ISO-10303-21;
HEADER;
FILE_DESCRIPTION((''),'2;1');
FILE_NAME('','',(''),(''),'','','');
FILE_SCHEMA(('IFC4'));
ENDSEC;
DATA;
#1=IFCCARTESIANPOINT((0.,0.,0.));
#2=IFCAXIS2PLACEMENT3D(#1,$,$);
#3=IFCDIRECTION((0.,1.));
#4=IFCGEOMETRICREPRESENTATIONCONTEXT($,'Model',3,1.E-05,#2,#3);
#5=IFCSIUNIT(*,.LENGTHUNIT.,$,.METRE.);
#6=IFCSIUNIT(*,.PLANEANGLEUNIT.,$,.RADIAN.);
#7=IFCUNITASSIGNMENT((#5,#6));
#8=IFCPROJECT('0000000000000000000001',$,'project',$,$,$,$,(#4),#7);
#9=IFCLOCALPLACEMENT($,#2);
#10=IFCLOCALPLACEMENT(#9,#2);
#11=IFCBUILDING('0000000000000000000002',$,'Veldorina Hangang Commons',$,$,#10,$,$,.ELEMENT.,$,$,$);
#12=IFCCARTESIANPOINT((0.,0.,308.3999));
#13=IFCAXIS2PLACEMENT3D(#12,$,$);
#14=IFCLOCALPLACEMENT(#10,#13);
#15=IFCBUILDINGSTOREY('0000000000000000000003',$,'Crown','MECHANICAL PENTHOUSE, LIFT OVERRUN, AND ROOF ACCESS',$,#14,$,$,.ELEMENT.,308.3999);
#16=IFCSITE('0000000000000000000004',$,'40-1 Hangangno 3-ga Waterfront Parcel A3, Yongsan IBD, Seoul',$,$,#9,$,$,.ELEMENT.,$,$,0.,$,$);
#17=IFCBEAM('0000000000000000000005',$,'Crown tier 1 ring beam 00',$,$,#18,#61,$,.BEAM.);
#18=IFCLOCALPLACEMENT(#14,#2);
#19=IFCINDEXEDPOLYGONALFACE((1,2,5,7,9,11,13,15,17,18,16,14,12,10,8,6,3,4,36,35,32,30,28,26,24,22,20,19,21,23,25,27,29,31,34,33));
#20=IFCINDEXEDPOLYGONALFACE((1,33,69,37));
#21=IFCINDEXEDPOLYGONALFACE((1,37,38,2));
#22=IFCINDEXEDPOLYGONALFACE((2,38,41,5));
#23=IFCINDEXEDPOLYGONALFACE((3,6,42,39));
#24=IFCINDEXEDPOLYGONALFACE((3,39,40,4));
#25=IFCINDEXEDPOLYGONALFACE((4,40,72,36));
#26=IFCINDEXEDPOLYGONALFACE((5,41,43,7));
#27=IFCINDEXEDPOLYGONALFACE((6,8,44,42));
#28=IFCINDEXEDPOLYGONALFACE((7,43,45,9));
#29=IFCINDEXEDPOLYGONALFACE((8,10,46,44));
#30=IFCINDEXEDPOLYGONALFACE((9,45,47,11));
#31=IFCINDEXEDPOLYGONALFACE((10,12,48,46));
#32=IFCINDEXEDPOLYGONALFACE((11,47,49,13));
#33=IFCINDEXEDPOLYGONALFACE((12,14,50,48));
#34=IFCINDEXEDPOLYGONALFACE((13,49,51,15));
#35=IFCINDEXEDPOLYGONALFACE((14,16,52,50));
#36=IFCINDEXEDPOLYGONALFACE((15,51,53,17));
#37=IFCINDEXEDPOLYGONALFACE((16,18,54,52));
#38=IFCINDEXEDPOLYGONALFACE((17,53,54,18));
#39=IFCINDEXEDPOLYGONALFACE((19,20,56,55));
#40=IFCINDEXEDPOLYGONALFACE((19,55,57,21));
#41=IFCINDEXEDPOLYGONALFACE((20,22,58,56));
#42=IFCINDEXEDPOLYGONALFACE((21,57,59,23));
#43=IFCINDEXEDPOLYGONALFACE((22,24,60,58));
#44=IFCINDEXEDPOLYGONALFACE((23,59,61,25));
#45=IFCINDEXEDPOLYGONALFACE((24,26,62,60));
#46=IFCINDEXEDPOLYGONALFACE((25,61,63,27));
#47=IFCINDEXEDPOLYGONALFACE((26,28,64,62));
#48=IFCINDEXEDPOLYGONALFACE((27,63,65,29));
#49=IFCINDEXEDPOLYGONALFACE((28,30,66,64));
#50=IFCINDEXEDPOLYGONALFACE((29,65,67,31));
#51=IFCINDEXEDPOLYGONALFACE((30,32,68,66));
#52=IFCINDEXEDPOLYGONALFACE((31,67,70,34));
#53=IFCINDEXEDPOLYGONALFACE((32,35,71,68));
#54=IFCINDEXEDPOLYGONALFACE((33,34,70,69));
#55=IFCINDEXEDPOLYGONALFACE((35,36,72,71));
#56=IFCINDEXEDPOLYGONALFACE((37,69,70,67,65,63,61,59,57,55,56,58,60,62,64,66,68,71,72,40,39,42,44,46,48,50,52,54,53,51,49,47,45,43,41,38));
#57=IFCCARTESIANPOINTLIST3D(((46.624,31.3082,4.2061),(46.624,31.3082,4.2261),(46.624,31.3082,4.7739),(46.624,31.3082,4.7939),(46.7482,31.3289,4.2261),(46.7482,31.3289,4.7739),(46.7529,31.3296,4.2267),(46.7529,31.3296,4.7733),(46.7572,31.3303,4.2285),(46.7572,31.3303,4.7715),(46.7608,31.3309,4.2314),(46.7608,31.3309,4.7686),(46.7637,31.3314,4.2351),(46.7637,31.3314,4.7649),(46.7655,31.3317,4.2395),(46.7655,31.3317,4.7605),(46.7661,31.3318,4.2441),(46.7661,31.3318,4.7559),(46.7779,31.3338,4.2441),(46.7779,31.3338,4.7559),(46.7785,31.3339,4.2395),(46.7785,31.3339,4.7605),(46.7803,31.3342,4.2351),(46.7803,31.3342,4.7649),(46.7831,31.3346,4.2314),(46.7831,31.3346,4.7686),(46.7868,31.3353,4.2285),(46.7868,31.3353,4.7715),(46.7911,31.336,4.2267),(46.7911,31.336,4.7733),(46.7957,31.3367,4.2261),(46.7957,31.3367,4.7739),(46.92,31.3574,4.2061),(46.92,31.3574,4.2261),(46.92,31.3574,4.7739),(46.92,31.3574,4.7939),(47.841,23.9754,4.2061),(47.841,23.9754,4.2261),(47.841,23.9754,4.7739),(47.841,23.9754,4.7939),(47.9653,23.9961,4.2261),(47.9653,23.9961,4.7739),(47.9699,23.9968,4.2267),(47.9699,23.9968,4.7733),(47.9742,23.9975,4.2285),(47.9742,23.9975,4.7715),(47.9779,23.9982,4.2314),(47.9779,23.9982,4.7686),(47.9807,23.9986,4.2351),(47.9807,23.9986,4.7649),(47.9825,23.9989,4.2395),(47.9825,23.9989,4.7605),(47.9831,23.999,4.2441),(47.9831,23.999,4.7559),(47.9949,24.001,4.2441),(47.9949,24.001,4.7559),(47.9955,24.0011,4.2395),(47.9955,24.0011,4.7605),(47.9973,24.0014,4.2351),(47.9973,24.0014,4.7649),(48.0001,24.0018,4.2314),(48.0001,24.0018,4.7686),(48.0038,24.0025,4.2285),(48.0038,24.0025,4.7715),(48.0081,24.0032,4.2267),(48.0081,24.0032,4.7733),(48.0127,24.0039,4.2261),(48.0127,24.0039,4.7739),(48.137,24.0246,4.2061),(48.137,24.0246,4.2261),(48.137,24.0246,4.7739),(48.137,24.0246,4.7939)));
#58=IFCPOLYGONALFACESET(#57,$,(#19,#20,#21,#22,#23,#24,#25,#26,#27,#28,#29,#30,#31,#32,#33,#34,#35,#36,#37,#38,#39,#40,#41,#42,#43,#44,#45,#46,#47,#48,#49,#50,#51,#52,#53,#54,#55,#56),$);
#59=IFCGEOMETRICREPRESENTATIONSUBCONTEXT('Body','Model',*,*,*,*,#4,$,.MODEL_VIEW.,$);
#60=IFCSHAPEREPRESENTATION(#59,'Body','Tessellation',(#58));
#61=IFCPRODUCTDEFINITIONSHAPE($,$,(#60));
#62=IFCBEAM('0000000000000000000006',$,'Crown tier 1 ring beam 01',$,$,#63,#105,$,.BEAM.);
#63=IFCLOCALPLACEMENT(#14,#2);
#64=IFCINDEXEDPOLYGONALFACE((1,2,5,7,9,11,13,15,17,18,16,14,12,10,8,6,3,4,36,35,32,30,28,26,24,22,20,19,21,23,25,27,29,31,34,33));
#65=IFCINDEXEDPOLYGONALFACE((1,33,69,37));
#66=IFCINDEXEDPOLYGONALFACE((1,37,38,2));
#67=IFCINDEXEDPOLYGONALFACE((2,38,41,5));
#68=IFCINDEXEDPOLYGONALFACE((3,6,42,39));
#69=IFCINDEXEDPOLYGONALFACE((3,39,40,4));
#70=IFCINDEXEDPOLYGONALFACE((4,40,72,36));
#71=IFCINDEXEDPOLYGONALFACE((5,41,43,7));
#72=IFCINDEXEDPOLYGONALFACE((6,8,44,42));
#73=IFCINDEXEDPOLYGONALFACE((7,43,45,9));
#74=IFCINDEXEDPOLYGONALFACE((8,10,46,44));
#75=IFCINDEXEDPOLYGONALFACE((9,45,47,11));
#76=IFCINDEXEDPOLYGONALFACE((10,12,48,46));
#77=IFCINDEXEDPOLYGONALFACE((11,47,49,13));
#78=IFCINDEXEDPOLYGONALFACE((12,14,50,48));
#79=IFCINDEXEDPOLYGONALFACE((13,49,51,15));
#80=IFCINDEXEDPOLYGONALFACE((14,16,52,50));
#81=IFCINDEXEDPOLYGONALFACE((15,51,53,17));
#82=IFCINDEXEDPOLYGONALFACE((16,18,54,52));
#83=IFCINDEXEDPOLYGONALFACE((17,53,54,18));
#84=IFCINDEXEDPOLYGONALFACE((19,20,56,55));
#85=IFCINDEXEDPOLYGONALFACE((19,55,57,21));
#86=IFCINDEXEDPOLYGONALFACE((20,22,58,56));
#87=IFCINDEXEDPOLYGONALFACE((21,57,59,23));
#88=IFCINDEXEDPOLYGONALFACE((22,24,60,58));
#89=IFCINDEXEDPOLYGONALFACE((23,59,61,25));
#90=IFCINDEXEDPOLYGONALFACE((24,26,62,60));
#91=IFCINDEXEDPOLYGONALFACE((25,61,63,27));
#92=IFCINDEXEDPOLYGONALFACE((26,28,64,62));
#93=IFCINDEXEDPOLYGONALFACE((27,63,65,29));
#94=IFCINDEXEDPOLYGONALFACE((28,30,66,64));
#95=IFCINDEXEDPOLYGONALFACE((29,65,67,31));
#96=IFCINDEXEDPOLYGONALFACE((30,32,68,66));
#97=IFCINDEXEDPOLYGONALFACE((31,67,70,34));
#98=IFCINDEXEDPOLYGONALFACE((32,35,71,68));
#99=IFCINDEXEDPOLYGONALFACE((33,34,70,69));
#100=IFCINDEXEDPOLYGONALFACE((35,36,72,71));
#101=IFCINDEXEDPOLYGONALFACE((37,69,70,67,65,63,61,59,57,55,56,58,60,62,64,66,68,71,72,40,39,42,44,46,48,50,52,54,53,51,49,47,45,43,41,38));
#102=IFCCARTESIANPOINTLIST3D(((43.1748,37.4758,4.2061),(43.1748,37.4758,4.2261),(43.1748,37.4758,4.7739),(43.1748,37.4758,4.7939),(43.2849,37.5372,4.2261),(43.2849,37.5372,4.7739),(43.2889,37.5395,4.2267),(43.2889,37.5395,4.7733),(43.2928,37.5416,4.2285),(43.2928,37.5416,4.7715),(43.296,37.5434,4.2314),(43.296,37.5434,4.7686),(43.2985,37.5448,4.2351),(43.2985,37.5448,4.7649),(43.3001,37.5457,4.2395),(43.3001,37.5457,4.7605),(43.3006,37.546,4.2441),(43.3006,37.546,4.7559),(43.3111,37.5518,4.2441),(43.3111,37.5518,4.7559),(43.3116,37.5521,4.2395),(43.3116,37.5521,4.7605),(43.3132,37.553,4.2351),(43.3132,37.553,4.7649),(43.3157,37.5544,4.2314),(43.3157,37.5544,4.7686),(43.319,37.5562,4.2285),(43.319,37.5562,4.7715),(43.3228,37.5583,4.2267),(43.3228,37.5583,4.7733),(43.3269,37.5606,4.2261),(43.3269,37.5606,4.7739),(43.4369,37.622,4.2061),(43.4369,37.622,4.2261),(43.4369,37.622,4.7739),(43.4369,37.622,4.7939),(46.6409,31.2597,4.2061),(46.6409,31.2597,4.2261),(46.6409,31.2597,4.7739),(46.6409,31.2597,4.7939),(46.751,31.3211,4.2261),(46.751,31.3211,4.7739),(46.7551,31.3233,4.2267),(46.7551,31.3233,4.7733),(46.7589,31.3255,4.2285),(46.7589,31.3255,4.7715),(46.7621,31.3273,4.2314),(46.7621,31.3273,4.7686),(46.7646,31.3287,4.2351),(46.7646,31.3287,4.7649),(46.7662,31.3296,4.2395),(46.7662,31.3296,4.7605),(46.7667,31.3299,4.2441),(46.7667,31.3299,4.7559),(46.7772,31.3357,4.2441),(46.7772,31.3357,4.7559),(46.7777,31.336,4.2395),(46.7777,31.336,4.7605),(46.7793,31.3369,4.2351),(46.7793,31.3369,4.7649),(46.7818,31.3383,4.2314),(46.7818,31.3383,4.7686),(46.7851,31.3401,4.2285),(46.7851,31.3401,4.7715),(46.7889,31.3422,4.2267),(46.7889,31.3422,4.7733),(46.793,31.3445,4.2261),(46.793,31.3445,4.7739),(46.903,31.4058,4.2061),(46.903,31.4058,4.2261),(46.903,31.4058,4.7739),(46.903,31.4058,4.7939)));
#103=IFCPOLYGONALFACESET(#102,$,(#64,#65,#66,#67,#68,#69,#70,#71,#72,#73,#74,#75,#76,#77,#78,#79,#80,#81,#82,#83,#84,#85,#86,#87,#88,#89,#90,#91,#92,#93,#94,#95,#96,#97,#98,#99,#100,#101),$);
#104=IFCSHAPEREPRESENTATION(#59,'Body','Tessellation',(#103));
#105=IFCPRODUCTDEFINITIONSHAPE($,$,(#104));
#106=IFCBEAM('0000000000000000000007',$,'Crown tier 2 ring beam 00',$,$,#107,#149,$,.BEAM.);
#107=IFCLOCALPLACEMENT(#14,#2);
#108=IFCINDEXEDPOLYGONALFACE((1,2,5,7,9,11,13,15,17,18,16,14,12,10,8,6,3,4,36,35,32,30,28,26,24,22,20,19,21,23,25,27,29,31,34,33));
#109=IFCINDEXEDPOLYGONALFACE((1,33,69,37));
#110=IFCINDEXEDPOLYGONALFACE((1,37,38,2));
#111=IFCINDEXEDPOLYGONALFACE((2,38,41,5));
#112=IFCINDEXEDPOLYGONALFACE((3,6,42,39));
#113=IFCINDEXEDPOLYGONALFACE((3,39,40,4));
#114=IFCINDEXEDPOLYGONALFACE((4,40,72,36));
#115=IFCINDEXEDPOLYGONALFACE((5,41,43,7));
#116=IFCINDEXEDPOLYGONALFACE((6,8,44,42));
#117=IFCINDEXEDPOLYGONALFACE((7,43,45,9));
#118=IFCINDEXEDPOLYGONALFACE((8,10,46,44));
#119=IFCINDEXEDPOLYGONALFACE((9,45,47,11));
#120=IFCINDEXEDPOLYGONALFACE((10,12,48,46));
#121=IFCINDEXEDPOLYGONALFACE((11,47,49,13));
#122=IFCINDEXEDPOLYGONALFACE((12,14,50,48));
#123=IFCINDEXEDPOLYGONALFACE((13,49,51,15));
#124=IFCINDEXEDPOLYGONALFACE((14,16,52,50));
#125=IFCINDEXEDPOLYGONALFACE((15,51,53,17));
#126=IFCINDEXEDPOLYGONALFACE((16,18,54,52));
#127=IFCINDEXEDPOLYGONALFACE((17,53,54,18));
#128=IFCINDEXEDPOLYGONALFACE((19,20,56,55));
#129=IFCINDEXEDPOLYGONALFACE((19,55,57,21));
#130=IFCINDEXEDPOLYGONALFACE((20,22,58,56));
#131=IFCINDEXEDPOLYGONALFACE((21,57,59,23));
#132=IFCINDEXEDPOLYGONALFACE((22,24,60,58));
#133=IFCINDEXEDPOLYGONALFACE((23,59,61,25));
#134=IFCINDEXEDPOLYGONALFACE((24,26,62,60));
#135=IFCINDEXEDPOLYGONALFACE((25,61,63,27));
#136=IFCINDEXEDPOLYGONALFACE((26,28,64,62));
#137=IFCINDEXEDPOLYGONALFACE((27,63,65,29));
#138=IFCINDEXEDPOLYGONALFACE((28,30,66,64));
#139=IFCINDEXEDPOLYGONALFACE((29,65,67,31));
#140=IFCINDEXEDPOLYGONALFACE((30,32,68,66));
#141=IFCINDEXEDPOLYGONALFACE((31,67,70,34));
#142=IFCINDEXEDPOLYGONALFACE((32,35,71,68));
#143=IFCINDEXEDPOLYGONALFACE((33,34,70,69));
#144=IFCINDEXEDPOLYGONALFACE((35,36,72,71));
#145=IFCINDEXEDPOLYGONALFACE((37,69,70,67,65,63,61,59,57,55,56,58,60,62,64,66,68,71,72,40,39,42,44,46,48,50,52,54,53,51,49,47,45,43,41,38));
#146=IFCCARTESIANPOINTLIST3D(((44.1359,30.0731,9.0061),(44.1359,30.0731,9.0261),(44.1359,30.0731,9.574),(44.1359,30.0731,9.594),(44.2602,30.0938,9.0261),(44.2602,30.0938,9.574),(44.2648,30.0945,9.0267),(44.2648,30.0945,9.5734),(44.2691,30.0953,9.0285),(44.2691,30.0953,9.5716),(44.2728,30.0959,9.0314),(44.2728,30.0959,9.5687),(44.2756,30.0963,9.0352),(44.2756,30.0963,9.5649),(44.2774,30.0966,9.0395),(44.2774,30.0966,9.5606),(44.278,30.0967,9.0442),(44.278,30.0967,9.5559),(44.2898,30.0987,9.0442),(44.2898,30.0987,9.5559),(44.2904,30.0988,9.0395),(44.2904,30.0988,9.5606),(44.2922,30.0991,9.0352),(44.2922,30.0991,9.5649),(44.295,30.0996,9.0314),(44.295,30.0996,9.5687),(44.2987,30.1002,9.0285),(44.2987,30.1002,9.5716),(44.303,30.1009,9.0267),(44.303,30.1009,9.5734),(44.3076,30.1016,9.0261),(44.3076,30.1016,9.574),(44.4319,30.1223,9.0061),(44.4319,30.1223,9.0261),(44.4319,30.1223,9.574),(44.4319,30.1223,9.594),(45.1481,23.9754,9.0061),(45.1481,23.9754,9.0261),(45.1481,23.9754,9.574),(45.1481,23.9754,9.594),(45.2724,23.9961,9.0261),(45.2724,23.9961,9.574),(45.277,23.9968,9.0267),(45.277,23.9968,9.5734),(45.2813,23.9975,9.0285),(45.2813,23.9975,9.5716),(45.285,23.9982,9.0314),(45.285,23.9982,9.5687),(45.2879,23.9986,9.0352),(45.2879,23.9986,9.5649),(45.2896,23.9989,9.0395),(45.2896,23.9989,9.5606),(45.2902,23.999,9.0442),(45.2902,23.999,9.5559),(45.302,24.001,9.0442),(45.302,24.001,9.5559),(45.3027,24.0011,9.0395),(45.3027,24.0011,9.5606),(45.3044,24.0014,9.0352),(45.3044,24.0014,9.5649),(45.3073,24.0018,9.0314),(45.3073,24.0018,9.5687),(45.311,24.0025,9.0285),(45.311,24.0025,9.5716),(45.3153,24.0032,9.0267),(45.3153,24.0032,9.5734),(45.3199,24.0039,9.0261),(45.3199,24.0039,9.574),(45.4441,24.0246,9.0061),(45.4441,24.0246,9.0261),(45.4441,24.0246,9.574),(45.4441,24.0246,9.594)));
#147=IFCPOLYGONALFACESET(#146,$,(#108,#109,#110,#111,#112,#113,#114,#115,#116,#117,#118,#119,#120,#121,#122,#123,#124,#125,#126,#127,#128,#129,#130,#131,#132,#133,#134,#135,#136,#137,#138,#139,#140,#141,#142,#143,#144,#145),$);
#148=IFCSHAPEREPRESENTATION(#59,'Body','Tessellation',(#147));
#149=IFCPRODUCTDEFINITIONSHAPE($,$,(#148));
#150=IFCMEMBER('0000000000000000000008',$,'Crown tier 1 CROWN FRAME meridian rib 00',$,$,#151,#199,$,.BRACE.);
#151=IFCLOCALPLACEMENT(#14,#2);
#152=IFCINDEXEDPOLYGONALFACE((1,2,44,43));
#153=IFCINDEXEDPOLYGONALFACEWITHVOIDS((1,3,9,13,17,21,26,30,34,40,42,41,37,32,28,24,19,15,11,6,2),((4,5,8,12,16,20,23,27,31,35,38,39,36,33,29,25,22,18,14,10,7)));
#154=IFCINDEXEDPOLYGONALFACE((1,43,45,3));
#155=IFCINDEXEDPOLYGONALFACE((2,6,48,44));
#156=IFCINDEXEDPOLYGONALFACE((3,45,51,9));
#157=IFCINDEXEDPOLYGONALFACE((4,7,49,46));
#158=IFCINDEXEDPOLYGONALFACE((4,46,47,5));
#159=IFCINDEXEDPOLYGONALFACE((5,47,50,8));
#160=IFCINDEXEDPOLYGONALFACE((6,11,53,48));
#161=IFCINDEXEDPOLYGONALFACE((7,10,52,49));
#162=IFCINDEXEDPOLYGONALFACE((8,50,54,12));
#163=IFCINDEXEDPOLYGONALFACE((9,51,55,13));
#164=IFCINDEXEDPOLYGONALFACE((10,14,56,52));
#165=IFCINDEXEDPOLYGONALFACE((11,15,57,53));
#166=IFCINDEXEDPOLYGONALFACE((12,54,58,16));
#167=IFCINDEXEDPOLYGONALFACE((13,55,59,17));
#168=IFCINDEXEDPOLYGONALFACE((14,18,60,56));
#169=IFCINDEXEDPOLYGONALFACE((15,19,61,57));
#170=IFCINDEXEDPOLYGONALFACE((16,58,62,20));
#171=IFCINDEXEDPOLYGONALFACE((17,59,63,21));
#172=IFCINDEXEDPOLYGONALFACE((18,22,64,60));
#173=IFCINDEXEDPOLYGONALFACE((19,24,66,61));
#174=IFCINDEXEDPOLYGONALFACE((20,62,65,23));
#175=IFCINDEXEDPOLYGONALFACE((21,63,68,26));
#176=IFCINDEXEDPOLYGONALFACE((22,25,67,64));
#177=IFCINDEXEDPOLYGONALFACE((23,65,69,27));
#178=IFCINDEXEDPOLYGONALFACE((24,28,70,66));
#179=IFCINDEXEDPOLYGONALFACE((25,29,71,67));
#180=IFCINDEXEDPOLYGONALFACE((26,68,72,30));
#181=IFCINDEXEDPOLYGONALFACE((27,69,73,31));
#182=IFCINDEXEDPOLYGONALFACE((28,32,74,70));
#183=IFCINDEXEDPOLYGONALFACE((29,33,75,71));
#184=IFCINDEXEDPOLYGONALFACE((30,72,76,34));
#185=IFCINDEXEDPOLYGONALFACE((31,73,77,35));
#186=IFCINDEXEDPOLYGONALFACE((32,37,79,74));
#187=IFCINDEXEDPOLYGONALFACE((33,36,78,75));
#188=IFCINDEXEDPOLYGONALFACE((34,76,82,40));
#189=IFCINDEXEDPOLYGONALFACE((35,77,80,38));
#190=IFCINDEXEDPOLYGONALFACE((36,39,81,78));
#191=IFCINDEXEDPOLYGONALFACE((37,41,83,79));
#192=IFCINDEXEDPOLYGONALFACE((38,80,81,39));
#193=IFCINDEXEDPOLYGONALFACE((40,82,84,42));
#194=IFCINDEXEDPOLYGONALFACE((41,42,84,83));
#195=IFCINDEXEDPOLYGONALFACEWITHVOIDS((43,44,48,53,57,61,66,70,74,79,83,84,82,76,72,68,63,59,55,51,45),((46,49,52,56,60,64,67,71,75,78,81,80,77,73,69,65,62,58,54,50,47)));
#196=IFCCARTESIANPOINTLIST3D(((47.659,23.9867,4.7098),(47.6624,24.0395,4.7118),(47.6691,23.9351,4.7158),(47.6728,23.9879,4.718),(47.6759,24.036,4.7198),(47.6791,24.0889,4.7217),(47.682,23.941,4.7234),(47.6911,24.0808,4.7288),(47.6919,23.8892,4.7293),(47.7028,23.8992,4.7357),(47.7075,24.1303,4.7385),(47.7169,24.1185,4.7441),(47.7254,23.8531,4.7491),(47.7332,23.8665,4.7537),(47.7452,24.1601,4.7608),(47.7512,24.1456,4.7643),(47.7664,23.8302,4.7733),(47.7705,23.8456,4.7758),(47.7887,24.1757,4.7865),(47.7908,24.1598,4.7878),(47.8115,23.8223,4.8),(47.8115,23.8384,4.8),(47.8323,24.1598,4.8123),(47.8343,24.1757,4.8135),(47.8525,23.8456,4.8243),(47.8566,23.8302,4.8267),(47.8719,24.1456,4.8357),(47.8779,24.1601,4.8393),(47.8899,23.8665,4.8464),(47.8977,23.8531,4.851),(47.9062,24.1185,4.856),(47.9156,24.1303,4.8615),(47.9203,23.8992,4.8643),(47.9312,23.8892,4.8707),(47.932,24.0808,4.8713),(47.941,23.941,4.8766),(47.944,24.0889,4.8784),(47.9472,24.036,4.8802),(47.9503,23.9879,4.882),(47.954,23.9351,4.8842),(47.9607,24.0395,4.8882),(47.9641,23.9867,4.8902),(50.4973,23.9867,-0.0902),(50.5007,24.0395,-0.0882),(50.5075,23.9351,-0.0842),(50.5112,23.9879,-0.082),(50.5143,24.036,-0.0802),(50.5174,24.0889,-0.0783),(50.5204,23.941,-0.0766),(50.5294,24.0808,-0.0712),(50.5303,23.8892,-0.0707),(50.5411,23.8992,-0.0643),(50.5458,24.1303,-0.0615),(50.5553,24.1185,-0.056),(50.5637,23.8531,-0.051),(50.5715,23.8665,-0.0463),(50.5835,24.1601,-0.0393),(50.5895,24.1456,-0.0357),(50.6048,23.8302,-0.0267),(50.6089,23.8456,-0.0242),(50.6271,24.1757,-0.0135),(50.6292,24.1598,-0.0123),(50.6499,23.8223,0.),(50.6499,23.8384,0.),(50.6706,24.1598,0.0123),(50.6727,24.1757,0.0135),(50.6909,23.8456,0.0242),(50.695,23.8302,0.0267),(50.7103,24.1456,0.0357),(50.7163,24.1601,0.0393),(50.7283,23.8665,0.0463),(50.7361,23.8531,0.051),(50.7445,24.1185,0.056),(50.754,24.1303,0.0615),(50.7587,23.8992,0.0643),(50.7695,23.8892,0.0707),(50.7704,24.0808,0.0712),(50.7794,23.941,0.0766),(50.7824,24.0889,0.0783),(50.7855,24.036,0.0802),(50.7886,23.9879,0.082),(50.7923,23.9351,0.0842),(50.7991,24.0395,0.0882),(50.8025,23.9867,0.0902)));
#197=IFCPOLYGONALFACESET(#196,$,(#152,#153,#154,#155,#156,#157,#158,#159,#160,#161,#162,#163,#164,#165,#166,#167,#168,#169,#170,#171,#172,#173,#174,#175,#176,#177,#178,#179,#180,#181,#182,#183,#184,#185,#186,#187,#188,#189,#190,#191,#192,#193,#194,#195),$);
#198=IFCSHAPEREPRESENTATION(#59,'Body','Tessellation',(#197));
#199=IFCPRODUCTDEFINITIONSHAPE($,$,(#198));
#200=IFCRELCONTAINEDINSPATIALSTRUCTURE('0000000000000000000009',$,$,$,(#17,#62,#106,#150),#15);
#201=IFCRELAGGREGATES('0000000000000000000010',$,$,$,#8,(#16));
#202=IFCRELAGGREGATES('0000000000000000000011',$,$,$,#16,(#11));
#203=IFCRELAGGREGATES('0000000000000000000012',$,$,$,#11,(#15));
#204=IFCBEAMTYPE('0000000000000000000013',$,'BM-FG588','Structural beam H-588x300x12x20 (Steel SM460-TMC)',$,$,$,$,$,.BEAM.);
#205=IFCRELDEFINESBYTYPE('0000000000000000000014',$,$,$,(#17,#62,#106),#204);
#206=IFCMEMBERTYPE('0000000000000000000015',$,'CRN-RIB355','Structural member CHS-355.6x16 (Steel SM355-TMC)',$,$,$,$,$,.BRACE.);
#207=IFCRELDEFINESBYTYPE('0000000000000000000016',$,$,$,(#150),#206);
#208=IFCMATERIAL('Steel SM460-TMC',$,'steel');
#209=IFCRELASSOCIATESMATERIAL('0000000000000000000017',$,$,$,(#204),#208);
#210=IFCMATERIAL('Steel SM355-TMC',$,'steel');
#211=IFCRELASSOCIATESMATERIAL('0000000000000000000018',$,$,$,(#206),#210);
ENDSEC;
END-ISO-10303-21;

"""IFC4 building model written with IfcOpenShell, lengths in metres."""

from ifc_helpers import new_model, si_unit, direction, frame, origin, origin_2d, place, context, subcontext, project, spatial, hollow_circle, i_section, extrude, material, material_profile, profile_set, type_object, element, save


model = new_model("IFC4")

# Units and contexts
model_context = context("Model", 3, precision=1e-05, world=origin(), true_north=direction((0.0, 1.0)))
body_context = subcontext(model_context, "Body", "Model", "MODEL_VIEW")
ifc_project = project(units=[si_unit("LENGTHUNIT", "METRE"), si_unit("PLANEANGLEUNIT", "RADIAN")], contexts=[model_context])

# Site, building, storey
site_placement = place(None, origin())
site = spatial("IfcSite", under=ifc_project, at=site_placement, Name="40-1 Hangangno 3-ga Waterfront Parcel A3, Yongsan IBD, Seoul", CompositionType="ELEMENT", RefElevation=0.0)
building_placement = place(site_placement, origin())
building = spatial("IfcBuilding", under=site, at=building_placement, Name="Veldorina Hangang Commons", CompositionType="ELEMENT")
storey_placement = place(building_placement, frame((0.0, 0.0, 308.3999)))
storey = spatial("IfcBuildingStorey", under=building, at=storey_placement, Name="Crown", Description="MECHANICAL PENTHOUSE, LIFT OVERRUN, AND ROOF ACCESS", CompositionType="ELEMENT", Elevation=308.3999)

# Beams
ifc_material_1 = material(Name="Steel SM460-TMC", Category="steel")
ifc_material_profile_1 = material_profile(ifc_material_1, i_section(OverallWidth=0.3, OverallDepth=0.5879, WebThickness=0.012, FlangeThickness=0.02, FilletRadius=0.0181, at=origin_2d()), Name="H-588x300x12x20")
ifc_profile_set_1 = profile_set([ifc_material_profile_1], Name="Steel SM460-TMC")
beam_type = type_object("IfcBeamType", Name="BM-FG588", Description="Structural beam H-588x300x12x20 (Steel SM460-TMC)", PredefinedType="BEAM", material=ifc_profile_set_1)
beam_1_placement = place(storey_placement, frame((47.989, 24.0, 4.5), z_axis=(-0.163733, 0.986505, 0.0), x_axis=(-0.986505, -0.163733, 0.0)))
element("IfcBeam", 1, at=beam_1_placement, inside=storey, type_object=beam_type, Name="Crown tier 1 ring beam 00", PredefinedType="BEAM", context=body_context, shape_type="SweptSolid", body=[
    extrude(i_section(OverallWidth=0.3, OverallDepth=0.5879, WebThickness=0.012, FlangeThickness=0.02, FilletRadius=0.0181, at=origin_2d()), origin(), (0.0, 0.0, 1.0), 7.4331),
])
beam_2_placement = place(storey_placement, frame((46.772, 31.3328, 4.5), z_axis=(-0.487005, 0.873399, 0.0), x_axis=(-0.873399, -0.487005, 0.0)))
element("IfcBeam", 2, at=beam_2_placement, inside=storey, type_object=beam_type, Name="Crown tier 1 ring beam 01", PredefinedType="BEAM", context=body_context, shape_type="SweptSolid", body=[
    extrude(i_section(OverallWidth=0.3, OverallDepth=0.5879, WebThickness=0.012, FlangeThickness=0.02, FilletRadius=0.0181, at=origin_2d()), origin(), (0.0, 0.0, 1.0), 7.1172),
])
beam_3_placement = place(storey_placement, frame((45.2961, 24.0, 9.3), z_axis=(-0.163758, 0.9865, 0.0), x_axis=(-0.9865, -0.163758, 0.0)))
element("IfcBeam", 3, at=beam_3_placement, inside=storey, type_object=beam_type, Name="Crown tier 2 ring beam 00", PredefinedType="BEAM", context=body_context, shape_type="SweptSolid", body=[
    extrude(i_section(OverallWidth=0.3, OverallDepth=0.5879, WebThickness=0.012, FlangeThickness=0.02, FilletRadius=0.0181, at=origin_2d()), origin(), (0.0, 0.0, 1.0), 6.1812),
])

# Member
ifc_material_2 = material(Name="Steel SM355-TMC", Category="steel")
ifc_material_profile_2 = material_profile(ifc_material_2, hollow_circle(Radius=0.1777, WallThickness=0.0161, at=origin_2d()), Name="CHS-355.6x16")
ifc_profile_set_2 = profile_set([ifc_material_profile_2], Name="Steel SM355-TMC")
member_type_1 = type_object("IfcMemberType", Name="CRN-RIB355", Description="Structural member CHS-355.6x16 (Steel SM355-TMC)", PredefinedType="BRACE", material=ifc_profile_set_2)
member_1_placement = place(storey_placement, frame((50.6499, 24.0, 0.0), z_axis=(-0.508993, 0.0, 0.86077), x_axis=(0.0, -1.0, 0.0)))
element("IfcMember", 4, at=member_1_placement, inside=storey, type_object=member_type_1, Name="Crown tier 1 CROWN FRAME meridian rib 00", PredefinedType="BRACE", context=body_context, shape_type="SweptSolid", body=[
    extrude(hollow_circle(Radius=0.1777, WallThickness=0.0161, at=origin_2d()), origin(), (0.0, 0.0, 1.0), 5.5764),
])

save(model, "model.ifc")
